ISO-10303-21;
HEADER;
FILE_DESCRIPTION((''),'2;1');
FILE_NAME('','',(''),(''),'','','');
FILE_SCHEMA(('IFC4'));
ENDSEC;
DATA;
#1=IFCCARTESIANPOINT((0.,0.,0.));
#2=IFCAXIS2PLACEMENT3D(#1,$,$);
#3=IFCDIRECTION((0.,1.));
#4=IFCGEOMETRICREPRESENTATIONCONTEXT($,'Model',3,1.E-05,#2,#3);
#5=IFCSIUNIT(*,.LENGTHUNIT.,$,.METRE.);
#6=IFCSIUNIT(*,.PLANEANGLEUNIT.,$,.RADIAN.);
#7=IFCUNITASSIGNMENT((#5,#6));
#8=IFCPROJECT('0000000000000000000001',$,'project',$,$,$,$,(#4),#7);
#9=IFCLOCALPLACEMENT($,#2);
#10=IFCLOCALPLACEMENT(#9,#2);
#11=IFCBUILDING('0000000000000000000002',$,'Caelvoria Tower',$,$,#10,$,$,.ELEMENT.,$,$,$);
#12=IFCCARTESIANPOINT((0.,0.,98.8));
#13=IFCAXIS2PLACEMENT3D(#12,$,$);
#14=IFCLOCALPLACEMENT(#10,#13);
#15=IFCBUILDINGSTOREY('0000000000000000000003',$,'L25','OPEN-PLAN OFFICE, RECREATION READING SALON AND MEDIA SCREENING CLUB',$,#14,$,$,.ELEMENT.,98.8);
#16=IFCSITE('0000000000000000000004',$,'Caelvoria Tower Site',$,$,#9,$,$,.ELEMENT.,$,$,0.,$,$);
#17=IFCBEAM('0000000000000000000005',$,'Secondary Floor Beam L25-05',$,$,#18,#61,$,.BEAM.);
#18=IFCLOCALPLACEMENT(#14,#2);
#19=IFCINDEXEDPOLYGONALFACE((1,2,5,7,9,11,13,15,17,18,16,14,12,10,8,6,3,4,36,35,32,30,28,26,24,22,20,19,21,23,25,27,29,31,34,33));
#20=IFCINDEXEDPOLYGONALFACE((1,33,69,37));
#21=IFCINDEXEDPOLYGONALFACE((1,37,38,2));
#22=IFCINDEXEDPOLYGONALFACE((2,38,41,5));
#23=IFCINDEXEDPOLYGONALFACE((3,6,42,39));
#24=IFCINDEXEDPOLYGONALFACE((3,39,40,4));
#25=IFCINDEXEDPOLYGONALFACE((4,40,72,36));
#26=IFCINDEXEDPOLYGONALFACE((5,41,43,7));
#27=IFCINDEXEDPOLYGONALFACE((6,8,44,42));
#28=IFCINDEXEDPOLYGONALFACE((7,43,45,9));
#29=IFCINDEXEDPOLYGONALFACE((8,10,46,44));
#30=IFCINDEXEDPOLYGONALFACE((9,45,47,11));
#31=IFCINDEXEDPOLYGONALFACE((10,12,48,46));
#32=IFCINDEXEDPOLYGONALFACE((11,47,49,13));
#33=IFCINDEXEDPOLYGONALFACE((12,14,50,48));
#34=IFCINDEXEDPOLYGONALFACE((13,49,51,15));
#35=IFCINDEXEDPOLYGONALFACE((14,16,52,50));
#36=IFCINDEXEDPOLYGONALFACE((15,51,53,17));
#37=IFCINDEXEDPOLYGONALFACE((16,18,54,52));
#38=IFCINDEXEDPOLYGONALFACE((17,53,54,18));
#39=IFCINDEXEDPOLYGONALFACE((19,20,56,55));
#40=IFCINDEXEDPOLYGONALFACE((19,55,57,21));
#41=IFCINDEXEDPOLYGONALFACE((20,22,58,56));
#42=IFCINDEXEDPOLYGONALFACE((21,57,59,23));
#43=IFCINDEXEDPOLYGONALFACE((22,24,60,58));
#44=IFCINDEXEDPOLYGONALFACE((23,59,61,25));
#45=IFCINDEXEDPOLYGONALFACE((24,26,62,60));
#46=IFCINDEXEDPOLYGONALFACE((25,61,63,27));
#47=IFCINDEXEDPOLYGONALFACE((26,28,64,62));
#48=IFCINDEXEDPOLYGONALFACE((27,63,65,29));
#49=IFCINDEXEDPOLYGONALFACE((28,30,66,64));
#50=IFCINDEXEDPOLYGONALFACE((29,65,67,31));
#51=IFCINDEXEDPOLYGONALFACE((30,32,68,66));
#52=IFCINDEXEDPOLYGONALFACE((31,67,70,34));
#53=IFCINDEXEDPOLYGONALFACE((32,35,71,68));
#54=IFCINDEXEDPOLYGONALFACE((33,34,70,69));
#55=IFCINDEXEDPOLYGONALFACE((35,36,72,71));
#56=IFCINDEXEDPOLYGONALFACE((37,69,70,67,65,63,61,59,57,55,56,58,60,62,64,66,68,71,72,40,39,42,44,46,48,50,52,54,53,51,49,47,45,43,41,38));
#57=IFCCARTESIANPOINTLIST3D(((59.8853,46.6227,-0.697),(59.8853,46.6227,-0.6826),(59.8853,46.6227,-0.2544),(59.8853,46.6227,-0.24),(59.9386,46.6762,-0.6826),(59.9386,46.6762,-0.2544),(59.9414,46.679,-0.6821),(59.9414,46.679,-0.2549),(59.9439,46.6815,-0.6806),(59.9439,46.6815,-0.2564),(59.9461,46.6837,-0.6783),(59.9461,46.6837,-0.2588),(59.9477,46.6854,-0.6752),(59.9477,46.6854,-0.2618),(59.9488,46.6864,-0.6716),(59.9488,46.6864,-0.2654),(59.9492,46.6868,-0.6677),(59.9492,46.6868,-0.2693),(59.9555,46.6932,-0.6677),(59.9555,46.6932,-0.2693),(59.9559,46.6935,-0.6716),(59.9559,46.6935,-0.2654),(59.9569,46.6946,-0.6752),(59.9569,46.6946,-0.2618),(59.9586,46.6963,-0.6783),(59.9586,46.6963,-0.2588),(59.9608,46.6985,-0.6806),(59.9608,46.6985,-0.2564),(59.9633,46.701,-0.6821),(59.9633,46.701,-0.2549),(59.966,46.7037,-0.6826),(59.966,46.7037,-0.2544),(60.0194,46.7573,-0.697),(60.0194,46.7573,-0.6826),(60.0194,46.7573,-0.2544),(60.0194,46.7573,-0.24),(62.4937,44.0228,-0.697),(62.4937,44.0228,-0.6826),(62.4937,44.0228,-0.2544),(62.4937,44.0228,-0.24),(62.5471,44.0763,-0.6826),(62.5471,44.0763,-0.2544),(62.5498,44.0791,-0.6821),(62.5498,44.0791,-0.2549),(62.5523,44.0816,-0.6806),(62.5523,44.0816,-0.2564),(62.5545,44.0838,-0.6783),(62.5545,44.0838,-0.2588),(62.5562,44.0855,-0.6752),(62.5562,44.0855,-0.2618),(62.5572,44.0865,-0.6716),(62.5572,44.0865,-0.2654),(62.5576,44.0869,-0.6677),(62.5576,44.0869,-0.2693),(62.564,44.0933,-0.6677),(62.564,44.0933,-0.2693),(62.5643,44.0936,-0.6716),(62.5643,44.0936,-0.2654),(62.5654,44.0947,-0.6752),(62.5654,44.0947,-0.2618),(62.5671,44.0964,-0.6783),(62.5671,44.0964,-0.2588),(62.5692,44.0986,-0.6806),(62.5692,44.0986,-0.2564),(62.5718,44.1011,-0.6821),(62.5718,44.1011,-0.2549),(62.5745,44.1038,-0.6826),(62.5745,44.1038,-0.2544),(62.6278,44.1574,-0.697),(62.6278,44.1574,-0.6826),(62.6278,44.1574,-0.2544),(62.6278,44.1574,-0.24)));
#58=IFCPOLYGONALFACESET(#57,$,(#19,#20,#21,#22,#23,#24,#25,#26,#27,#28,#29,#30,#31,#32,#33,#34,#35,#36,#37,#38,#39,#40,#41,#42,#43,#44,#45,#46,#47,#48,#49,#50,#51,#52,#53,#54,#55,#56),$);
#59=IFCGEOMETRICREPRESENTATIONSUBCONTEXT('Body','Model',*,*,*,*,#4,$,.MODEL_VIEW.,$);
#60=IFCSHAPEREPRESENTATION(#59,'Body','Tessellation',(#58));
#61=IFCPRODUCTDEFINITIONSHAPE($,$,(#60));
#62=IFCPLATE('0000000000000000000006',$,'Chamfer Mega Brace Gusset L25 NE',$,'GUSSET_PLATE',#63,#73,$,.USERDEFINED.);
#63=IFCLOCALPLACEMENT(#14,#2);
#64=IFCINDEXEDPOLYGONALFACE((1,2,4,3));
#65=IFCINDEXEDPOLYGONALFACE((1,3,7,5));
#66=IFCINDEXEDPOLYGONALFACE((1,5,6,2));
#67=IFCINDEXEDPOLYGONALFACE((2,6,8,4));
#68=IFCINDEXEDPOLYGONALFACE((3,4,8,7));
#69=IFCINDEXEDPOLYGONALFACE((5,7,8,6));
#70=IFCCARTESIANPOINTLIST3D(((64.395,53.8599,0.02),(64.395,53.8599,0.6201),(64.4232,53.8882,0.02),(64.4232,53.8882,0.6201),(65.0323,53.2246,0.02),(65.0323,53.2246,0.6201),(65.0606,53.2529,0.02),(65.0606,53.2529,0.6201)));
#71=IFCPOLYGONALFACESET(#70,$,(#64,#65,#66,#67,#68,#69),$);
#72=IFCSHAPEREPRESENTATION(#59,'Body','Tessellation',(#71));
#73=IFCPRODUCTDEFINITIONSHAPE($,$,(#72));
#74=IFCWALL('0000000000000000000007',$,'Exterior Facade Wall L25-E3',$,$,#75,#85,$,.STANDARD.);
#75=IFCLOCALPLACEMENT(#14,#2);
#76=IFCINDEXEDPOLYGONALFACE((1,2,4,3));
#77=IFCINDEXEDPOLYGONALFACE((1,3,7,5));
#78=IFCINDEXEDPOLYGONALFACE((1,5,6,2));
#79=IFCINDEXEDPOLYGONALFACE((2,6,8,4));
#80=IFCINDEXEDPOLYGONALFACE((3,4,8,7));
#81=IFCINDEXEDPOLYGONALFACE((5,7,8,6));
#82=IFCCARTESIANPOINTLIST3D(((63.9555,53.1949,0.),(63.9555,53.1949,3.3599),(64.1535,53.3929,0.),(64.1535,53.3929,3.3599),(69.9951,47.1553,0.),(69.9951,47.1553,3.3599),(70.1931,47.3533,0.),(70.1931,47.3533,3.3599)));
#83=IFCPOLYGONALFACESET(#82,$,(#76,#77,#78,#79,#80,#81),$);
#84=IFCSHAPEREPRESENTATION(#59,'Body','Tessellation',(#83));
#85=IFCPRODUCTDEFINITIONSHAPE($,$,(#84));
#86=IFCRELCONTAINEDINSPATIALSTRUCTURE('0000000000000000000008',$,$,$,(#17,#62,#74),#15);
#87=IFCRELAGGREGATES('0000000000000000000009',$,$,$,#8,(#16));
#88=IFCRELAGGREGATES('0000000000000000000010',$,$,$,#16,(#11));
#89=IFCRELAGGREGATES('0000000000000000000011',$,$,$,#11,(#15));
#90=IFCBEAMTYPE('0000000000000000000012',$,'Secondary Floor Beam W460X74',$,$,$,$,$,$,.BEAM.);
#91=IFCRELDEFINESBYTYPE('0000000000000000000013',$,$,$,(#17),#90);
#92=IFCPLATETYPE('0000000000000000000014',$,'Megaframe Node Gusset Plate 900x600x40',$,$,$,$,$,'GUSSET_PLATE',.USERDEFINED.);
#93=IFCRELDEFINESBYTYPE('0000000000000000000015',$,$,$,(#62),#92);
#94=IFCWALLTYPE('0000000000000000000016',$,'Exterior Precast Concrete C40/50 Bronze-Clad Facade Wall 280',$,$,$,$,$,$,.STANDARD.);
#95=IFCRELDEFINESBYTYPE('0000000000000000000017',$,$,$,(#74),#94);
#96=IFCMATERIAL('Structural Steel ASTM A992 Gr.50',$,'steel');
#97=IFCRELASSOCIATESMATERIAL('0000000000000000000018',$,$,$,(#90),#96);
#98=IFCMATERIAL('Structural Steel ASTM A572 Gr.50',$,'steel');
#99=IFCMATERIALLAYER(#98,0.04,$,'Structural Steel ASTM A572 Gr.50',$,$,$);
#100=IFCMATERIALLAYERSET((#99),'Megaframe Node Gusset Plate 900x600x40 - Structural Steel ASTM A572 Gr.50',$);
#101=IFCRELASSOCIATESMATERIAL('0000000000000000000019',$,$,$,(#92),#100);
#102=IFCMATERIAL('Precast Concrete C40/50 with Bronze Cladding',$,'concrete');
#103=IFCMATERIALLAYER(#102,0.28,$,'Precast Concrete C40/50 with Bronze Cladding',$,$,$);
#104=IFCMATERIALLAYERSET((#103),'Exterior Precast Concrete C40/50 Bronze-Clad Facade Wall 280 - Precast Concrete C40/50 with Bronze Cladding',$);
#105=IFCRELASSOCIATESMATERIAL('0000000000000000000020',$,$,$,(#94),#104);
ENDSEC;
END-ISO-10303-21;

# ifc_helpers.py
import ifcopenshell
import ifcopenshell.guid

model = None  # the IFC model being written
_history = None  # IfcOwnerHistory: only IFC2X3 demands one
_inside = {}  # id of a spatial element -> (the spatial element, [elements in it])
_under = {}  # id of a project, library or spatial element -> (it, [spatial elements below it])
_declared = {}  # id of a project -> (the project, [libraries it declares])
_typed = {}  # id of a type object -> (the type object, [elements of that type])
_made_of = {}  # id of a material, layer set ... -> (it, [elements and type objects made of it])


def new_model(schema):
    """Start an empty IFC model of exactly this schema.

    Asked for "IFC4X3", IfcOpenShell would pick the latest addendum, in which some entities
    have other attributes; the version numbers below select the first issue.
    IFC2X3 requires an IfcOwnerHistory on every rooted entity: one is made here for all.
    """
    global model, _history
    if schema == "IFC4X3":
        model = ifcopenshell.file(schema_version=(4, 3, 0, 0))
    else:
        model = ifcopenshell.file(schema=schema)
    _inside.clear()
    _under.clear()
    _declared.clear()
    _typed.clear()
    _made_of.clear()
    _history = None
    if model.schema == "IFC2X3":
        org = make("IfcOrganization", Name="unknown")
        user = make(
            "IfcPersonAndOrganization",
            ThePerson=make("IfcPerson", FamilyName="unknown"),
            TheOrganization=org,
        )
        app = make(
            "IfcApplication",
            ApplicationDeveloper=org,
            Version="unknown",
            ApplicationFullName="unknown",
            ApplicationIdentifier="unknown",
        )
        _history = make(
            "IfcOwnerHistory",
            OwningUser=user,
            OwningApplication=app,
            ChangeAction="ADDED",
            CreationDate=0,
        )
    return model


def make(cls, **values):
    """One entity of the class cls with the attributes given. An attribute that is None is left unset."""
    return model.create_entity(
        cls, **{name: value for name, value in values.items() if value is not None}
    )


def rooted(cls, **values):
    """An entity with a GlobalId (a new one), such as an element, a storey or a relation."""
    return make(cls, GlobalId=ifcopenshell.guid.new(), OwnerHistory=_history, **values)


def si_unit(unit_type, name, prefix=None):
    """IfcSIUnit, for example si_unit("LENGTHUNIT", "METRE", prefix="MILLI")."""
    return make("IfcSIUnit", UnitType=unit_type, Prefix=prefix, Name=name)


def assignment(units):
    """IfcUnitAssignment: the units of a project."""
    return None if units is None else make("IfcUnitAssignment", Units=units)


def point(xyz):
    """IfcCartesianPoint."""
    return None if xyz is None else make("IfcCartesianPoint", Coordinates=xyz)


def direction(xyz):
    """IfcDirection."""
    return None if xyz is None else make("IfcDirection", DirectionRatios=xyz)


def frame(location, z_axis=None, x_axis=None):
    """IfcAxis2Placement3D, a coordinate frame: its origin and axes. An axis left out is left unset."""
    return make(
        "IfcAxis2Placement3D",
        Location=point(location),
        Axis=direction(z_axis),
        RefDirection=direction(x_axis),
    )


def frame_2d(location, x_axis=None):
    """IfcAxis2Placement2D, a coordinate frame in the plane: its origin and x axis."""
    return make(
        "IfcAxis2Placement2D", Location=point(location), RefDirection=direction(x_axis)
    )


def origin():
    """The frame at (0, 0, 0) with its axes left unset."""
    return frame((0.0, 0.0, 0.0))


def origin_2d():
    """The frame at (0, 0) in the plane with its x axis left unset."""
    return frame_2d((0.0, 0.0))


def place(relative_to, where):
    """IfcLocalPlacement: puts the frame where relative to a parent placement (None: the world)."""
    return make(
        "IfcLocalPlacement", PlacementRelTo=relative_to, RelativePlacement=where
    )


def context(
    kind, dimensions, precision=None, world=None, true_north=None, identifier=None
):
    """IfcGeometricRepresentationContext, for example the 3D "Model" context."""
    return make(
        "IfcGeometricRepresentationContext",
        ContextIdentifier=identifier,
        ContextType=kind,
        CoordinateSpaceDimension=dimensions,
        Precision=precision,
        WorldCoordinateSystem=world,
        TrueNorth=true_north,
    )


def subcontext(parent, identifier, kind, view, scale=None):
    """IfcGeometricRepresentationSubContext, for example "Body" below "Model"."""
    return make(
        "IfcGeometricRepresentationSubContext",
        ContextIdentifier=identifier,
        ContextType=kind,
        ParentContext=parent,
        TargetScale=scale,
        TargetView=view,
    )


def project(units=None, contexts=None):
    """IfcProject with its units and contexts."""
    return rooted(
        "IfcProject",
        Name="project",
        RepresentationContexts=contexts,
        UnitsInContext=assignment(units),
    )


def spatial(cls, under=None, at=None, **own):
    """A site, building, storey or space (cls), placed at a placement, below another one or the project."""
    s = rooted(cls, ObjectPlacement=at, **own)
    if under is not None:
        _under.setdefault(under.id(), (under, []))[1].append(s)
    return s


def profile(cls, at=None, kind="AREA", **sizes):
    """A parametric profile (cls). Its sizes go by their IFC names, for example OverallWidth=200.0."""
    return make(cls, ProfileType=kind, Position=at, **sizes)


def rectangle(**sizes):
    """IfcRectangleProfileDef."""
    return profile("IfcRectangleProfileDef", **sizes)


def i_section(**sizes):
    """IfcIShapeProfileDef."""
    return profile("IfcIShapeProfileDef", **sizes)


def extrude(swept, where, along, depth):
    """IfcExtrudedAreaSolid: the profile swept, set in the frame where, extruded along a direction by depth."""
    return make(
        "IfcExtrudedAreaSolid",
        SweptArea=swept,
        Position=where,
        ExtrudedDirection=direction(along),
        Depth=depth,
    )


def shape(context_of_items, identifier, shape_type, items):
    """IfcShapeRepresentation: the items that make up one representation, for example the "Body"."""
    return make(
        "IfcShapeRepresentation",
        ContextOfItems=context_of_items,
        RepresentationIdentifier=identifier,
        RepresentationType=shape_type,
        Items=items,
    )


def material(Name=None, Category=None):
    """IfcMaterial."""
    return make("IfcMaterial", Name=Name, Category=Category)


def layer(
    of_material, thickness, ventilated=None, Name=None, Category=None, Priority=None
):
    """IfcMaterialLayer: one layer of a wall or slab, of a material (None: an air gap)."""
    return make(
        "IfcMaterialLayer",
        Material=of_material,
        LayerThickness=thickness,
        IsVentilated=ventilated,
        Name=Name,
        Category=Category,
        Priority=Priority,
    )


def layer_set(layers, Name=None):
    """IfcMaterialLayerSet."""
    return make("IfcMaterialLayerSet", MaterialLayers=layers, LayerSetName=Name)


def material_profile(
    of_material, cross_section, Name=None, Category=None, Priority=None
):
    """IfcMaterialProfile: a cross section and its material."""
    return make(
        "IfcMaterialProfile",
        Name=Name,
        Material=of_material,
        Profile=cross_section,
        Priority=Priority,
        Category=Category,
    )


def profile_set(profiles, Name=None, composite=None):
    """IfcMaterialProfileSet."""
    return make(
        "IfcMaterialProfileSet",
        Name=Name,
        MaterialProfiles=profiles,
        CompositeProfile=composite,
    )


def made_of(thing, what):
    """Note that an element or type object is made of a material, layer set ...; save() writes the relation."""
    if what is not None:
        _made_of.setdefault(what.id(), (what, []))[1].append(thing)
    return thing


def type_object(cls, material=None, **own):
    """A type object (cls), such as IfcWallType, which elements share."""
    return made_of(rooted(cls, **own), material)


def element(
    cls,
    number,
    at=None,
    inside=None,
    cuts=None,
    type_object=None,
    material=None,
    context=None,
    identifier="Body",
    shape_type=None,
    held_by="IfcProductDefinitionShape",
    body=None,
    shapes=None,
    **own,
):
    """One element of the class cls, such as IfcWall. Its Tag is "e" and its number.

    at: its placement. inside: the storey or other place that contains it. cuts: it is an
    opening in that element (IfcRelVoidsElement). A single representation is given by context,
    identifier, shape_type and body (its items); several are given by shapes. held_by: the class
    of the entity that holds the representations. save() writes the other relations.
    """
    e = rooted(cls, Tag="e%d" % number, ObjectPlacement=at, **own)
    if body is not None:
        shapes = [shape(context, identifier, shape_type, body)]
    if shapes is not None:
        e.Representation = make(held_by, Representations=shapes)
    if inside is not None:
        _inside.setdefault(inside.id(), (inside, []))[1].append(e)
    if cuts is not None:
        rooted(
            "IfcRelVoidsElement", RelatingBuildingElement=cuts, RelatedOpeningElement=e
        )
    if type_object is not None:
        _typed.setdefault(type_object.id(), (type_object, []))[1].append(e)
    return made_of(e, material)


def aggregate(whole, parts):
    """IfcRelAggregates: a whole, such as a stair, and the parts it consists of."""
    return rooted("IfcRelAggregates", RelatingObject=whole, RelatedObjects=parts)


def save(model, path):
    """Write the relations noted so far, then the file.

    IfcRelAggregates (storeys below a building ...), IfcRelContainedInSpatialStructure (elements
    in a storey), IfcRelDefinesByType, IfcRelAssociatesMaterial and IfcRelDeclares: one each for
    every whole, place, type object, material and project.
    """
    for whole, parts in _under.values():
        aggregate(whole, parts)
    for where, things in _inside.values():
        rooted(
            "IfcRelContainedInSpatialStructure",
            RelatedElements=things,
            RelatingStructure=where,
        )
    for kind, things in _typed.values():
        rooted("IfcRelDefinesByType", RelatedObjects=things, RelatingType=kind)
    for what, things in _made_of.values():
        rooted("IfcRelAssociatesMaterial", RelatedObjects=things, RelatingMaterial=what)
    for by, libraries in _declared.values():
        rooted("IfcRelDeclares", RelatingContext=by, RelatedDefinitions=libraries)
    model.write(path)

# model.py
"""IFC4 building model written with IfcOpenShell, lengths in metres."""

from ifc_helpers import new_model, si_unit, direction, frame, frame_2d, origin, origin_2d, place, context, subcontext, project, spatial, rectangle, i_section, extrude, material, layer, layer_set, material_profile, profile_set, type_object, element, save


model = new_model("IFC4")

# Units and contexts
model_context = context("Model", 3, precision=1e-05, world=origin(), true_north=direction((0.0, 1.0)))
body_context = subcontext(model_context, "Body", "Model", "MODEL_VIEW")
ifc_project = project(units=[si_unit("LENGTHUNIT", "METRE"), si_unit("PLANEANGLEUNIT", "RADIAN")], contexts=[model_context])

# Site, building, storey
site_placement = place(None, origin())
site = spatial("IfcSite", under=ifc_project, at=site_placement, Name="Caelvoria Tower Site", CompositionType="ELEMENT", RefElevation=0.0)
building_placement = place(site_placement, origin())
building = spatial("IfcBuilding", under=site, at=building_placement, Name="Caelvoria Tower", CompositionType="ELEMENT")
storey_placement = place(building_placement, frame((0.0, 0.0, 98.8)))
storey = spatial("IfcBuildingStorey", under=building, at=storey_placement, Name="L25", Description="OPEN-PLAN OFFICE, RECREATION READING SALON AND MEDIA SCREENING CLUB", CompositionType="ELEMENT", Elevation=98.8)

# Shared definitions
ifc_material_1 = material(Name="Structural Steel ASTM A572 Gr.50", Category="steel")

# Beam
ifc_material_2 = material(Name="Structural Steel ASTM A992 Gr.50", Category="steel")
ifc_material_profile_1 = material_profile(ifc_material_2, i_section(OverallWidth=0.1899, OverallDepth=0.457, WebThickness=0.009, FlangeThickness=0.0144, FilletRadius=0.0149, at=origin_2d()), Name="Structural Steel ASTM A992 Gr.50")
ifc_profile_set_1 = profile_set([ifc_material_profile_1], Name="W460X74 - Structural Steel ASTM A992 Gr.50")
beam_type_1 = type_object("IfcBeamType", Name="Secondary Floor Beam W460X74", PredefinedType="BEAM", material=ifc_profile_set_1)
beam_1_placement = place(storey_placement, frame((62.5608, 44.0901, -0.4685), z_axis=(-0.708266, 0.705946, 0.0), x_axis=(-0.705946, -0.708266, 0.0)))
element("IfcBeam", 1, at=beam_1_placement, inside=storey, type_object=beam_type_1, Name="Secondary Floor Beam L25-05", PredefinedType="BEAM", context=body_context, shape_type="SweptSolid", body=[
    extrude(i_section(OverallWidth=0.1899, OverallDepth=0.457, WebThickness=0.009, FlangeThickness=0.0144, FilletRadius=0.0149, at=origin_2d()), origin(), (0.0, 0.0, 1.0), 3.6829),
])

# Plate
ifc_layer_1 = layer(ifc_material_1, 0.04, Name="Structural Steel ASTM A572 Gr.50")
ifc_layer_set_1 = layer_set([ifc_layer_1], Name="Megaframe Node Gusset Plate 900x600x40 - Structural Steel ASTM A572 Gr.50")
plate_type = type_object("IfcPlateType", Name="Megaframe Node Gusset Plate 900x600x40", ElementType="GUSSET_PLATE", PredefinedType="USERDEFINED", material=ifc_layer_set_1)
plate_placement = place(storey_placement, frame((64.7278, 53.5564, 0.02), z_axis=(0.0, 0.0, 1.0), x_axis=(0.708276, -0.705936, 0.0)))
element("IfcPlate", 2, at=plate_placement, inside=storey, type_object=plate_type, Name="Chamfer Mega Brace Gusset L25 NE", ObjectType="GUSSET_PLATE", PredefinedType="USERDEFINED", context=body_context, shape_type="SweptSolid", body=[
    extrude(rectangle(XDim=0.8999, YDim=0.04, at=origin_2d()), origin(), (0.0, 0.0, 1.0), 0.6001),
])

# Wall
ifc_material_3 = material(Name="Precast Concrete C40/50 with Bronze Cladding", Category="concrete")
ifc_layer_2 = layer(ifc_material_3, 0.28, Name="Precast Concrete C40/50 with Bronze Cladding")
ifc_layer_set_2 = layer_set([ifc_layer_2], Name="Exterior Precast Concrete C40/50 Bronze-Clad Facade Wall 280 - Precast Concrete C40/50 with Bronze Cladding")
wall_type_1 = type_object("IfcWallType", Name="Exterior Precast Concrete C40/50 Bronze-Clad Facade Wall 280", PredefinedType="STANDARD", material=ifc_layer_set_2)
wall_1_placement = place(storey_placement, frame((70.094, 47.2544, 0.0), z_axis=(0.0, 0.0, 1.0), x_axis=(-0.707107, 0.707107, 0.0)))
element("IfcWall", 3, at=wall_1_placement, inside=storey, type_object=wall_type_1, Name="Exterior Facade Wall L25-E3", PredefinedType="STANDARD", context=body_context, shape_type="SweptSolid", body=[
    extrude(rectangle(XDim=8.5413, YDim=0.28, at=frame_2d((4.2705, 0.0))), origin(), (0.0, 0.0, 1.0), 3.3599),
])

save(model, "model.ifc")
